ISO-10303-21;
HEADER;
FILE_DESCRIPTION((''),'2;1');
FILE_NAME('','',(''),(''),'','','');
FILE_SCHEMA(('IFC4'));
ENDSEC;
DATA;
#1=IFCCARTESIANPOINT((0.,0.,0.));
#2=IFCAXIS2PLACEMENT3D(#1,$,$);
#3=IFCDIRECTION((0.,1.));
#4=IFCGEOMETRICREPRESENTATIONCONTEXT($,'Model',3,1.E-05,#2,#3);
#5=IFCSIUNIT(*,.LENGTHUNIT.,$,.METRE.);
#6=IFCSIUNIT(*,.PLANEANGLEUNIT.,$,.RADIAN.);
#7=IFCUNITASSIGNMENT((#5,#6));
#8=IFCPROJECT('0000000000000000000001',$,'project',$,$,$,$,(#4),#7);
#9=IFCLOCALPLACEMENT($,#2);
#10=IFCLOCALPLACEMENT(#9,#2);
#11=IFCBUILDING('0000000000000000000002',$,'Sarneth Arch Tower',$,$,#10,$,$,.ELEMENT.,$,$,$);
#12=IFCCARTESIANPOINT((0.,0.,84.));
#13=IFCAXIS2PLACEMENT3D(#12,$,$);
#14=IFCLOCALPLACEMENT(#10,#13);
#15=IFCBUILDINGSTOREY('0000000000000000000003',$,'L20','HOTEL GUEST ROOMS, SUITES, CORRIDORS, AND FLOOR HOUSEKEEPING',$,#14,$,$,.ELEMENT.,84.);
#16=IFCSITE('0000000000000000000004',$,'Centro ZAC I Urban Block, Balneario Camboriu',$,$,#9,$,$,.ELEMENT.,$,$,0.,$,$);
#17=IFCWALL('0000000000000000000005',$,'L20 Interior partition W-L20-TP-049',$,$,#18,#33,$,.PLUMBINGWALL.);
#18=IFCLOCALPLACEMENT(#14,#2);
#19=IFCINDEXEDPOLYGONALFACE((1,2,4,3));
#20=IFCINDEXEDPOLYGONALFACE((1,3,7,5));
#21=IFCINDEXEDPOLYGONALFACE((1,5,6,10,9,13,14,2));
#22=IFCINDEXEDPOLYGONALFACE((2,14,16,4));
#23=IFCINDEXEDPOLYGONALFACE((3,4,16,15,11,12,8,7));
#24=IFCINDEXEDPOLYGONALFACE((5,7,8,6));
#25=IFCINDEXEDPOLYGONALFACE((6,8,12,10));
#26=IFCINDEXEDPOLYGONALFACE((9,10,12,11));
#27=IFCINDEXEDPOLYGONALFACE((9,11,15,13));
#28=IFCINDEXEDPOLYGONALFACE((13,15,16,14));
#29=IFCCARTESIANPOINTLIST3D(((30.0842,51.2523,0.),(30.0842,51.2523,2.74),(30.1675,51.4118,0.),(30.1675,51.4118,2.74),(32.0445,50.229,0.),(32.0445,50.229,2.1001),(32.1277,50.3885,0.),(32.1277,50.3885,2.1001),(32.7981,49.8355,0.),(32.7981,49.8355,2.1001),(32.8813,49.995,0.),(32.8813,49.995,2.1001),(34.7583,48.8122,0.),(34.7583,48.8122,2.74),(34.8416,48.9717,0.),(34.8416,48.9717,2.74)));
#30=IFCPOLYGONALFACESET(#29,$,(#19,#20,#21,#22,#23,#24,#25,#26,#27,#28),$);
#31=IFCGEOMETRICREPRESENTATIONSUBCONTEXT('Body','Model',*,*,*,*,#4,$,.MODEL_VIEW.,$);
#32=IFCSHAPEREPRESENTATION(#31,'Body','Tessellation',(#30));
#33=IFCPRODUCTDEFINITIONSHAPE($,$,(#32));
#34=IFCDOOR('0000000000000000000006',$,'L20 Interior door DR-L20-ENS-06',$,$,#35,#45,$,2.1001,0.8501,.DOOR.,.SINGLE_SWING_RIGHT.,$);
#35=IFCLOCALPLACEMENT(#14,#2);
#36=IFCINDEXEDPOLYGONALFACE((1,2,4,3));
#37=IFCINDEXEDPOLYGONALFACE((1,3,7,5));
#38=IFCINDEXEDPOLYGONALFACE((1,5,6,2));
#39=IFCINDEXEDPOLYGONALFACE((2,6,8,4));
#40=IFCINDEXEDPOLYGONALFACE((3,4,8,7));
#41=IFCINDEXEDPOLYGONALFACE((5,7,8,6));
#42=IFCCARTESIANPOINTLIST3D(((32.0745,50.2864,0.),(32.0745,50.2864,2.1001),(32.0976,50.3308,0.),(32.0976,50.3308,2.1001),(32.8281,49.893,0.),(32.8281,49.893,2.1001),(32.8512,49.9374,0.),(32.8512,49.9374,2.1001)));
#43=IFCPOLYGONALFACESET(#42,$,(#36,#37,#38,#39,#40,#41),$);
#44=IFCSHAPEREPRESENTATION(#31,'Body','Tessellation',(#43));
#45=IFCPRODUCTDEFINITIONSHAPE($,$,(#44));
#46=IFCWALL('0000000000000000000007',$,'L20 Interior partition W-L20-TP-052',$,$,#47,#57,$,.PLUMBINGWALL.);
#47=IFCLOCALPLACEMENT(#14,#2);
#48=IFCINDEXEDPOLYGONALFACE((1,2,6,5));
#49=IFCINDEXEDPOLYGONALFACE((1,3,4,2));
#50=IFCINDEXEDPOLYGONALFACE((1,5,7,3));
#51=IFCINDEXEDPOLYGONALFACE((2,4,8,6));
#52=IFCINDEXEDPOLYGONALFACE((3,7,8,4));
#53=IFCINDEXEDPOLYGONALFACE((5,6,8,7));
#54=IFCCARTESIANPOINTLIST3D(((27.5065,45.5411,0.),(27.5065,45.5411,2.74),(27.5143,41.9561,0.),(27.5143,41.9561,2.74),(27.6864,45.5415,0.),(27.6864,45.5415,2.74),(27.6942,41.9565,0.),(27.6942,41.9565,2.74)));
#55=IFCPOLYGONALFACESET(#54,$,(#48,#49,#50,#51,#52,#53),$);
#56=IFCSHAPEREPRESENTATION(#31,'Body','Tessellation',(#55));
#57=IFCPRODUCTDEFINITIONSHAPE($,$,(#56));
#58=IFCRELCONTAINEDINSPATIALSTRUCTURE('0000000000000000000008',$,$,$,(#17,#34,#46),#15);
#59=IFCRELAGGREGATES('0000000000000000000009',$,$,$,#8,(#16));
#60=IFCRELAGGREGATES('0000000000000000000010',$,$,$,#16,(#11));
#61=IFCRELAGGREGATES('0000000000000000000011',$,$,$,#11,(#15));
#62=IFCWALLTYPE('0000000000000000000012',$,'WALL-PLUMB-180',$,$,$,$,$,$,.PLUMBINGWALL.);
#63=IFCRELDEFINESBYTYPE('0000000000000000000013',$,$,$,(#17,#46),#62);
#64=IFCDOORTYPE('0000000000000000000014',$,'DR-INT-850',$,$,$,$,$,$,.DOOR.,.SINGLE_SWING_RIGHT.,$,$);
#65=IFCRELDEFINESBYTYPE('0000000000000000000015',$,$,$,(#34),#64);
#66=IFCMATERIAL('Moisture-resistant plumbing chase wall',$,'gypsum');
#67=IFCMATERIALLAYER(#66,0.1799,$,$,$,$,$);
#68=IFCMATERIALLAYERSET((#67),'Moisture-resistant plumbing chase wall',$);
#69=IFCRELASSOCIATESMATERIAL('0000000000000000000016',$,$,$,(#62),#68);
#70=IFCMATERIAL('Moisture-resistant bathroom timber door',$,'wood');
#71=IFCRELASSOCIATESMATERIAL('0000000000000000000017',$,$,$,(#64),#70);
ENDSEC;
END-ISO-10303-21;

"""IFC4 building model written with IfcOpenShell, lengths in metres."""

from ifc_helpers import new_model, si_unit, direction, frame, frame_2d, origin, place, context, subcontext, project, spatial, rectangle, extrude, material, layer, layer_set, type_object, element, fill, save


model = new_model("IFC4")

# Units and contexts
model_context = context("Model", 3, precision=1e-05, world=origin(), true_north=direction((0.0, 1.0)))
body_context = subcontext(model_context, "Body", "Model", "MODEL_VIEW")
ifc_project = project(units=[si_unit("LENGTHUNIT", "METRE"), si_unit("PLANEANGLEUNIT", "RADIAN")], contexts=[model_context])

# Site, building, storey
site_placement = place(None, origin())
site = spatial("IfcSite", under=ifc_project, at=site_placement, Name="Centro ZAC I Urban Block, Balneario Camboriu", CompositionType="ELEMENT", RefElevation=0.0)
building_placement = place(site_placement, origin())
building = spatial("IfcBuilding", under=site, at=building_placement, Name="Sarneth Arch Tower", CompositionType="ELEMENT")
storey_placement = place(building_placement, frame((0.0, 0.0, 84.0)))
storey = spatial("IfcBuildingStorey", under=building, at=storey_placement, Name="L20", Description="HOTEL GUEST ROOMS, SUITES, CORRIDORS, AND FLOOR HOUSEKEEPING", CompositionType="ELEMENT", Elevation=84.0)

# Wall, opening, door
ifc_material_1 = material(Name="Moisture-resistant plumbing chase wall", Category="gypsum")
ifc_layer_1 = layer(ifc_material_1, 0.1799)
ifc_layer_set_1 = layer_set([ifc_layer_1], Name="Moisture-resistant plumbing chase wall")
wall_type_1 = type_object("IfcWallType", Name="WALL-PLUMB-180", PredefinedType="PLUMBINGWALL", material=ifc_layer_set_1)
ifc_material_2 = material(Name="Moisture-resistant bathroom timber door", Category="wood")
door_type_1 = type_object("IfcDoorType", Name="DR-INT-850", OperationType="SINGLE_SWING_RIGHT", PredefinedType="DOOR", material=ifc_material_2)
wall_1_placement = place(storey_placement, frame((30.126, 51.332, 0.0), z_axis=(0.0, 0.0, 1.0), x_axis=(0.886465, -0.462795, 0.0)))
wall_1 = element("IfcWall", 1, at=wall_1_placement, inside=storey, type_object=wall_type_1, Name="L20 Interior partition W-L20-TP-049", PredefinedType="PLUMBINGWALL", context=body_context, shape_type="SweptSolid", body=[
    extrude(rectangle(XDim=5.2727, YDim=0.1799, at=frame_2d((2.6362, 0.0))), origin(), (0.0, 0.0, 1.0), 2.74),
])
opening_1_placement = place(wall_1_placement, frame((2.2112, 0.0, 0.0)))
opening_1 = element("IfcOpeningElement", 2, at=opening_1_placement, cuts=wall_1, PredefinedType="OPENING", context=body_context, shape_type="SweptSolid", body=[
    extrude(rectangle(XDim=0.8501, YDim=2.1001, at=frame_2d((0.425, 1.05))), frame((0.0, 0.0999, 0.0), z_axis=(0.0, -1.0, 0.0), x_axis=(1.0, 0.0, 0.0)), (0.0, 0.0, 1.0), 0.2),
])
door_1_placement = place(opening_1_placement, origin())
door_1 = element("IfcDoor", 3, at=door_1_placement, inside=storey, type_object=door_type_1, Name="L20 Interior door DR-L20-ENS-06", OperationType="SINGLE_SWING_RIGHT", OverallHeight=2.1001, OverallWidth=0.8501, PredefinedType="DOOR", context=body_context, shape_type="SweptSolid", body=[
    extrude(rectangle(XDim=0.8501, YDim=2.1001, at=frame_2d((0.425, 1.05))), frame((0.0, 0.0249, 0.0), z_axis=(0.0, -1.0, 0.0), x_axis=(1.0, 0.0, 0.0)), (0.0, 0.0, 1.0), 0.05),
])
fill(opening_1, door_1)

# Wall
wall_2_placement = place(storey_placement, frame((27.5964, 45.5413, 0.0), z_axis=(0.0, 0.0, 1.0), x_axis=(0.002179, -0.999998, 0.0)))
element("IfcWall", 4, at=wall_2_placement, inside=storey, type_object=wall_type_1, Name="L20 Interior partition W-L20-TP-052", PredefinedType="PLUMBINGWALL", context=body_context, shape_type="SweptSolid", body=[
    extrude(rectangle(XDim=3.585, YDim=0.1799, at=frame_2d((1.7925, 0.0))), origin(), (0.0, 0.0, 1.0), 2.74),
])

save(model, "model.ifc")
